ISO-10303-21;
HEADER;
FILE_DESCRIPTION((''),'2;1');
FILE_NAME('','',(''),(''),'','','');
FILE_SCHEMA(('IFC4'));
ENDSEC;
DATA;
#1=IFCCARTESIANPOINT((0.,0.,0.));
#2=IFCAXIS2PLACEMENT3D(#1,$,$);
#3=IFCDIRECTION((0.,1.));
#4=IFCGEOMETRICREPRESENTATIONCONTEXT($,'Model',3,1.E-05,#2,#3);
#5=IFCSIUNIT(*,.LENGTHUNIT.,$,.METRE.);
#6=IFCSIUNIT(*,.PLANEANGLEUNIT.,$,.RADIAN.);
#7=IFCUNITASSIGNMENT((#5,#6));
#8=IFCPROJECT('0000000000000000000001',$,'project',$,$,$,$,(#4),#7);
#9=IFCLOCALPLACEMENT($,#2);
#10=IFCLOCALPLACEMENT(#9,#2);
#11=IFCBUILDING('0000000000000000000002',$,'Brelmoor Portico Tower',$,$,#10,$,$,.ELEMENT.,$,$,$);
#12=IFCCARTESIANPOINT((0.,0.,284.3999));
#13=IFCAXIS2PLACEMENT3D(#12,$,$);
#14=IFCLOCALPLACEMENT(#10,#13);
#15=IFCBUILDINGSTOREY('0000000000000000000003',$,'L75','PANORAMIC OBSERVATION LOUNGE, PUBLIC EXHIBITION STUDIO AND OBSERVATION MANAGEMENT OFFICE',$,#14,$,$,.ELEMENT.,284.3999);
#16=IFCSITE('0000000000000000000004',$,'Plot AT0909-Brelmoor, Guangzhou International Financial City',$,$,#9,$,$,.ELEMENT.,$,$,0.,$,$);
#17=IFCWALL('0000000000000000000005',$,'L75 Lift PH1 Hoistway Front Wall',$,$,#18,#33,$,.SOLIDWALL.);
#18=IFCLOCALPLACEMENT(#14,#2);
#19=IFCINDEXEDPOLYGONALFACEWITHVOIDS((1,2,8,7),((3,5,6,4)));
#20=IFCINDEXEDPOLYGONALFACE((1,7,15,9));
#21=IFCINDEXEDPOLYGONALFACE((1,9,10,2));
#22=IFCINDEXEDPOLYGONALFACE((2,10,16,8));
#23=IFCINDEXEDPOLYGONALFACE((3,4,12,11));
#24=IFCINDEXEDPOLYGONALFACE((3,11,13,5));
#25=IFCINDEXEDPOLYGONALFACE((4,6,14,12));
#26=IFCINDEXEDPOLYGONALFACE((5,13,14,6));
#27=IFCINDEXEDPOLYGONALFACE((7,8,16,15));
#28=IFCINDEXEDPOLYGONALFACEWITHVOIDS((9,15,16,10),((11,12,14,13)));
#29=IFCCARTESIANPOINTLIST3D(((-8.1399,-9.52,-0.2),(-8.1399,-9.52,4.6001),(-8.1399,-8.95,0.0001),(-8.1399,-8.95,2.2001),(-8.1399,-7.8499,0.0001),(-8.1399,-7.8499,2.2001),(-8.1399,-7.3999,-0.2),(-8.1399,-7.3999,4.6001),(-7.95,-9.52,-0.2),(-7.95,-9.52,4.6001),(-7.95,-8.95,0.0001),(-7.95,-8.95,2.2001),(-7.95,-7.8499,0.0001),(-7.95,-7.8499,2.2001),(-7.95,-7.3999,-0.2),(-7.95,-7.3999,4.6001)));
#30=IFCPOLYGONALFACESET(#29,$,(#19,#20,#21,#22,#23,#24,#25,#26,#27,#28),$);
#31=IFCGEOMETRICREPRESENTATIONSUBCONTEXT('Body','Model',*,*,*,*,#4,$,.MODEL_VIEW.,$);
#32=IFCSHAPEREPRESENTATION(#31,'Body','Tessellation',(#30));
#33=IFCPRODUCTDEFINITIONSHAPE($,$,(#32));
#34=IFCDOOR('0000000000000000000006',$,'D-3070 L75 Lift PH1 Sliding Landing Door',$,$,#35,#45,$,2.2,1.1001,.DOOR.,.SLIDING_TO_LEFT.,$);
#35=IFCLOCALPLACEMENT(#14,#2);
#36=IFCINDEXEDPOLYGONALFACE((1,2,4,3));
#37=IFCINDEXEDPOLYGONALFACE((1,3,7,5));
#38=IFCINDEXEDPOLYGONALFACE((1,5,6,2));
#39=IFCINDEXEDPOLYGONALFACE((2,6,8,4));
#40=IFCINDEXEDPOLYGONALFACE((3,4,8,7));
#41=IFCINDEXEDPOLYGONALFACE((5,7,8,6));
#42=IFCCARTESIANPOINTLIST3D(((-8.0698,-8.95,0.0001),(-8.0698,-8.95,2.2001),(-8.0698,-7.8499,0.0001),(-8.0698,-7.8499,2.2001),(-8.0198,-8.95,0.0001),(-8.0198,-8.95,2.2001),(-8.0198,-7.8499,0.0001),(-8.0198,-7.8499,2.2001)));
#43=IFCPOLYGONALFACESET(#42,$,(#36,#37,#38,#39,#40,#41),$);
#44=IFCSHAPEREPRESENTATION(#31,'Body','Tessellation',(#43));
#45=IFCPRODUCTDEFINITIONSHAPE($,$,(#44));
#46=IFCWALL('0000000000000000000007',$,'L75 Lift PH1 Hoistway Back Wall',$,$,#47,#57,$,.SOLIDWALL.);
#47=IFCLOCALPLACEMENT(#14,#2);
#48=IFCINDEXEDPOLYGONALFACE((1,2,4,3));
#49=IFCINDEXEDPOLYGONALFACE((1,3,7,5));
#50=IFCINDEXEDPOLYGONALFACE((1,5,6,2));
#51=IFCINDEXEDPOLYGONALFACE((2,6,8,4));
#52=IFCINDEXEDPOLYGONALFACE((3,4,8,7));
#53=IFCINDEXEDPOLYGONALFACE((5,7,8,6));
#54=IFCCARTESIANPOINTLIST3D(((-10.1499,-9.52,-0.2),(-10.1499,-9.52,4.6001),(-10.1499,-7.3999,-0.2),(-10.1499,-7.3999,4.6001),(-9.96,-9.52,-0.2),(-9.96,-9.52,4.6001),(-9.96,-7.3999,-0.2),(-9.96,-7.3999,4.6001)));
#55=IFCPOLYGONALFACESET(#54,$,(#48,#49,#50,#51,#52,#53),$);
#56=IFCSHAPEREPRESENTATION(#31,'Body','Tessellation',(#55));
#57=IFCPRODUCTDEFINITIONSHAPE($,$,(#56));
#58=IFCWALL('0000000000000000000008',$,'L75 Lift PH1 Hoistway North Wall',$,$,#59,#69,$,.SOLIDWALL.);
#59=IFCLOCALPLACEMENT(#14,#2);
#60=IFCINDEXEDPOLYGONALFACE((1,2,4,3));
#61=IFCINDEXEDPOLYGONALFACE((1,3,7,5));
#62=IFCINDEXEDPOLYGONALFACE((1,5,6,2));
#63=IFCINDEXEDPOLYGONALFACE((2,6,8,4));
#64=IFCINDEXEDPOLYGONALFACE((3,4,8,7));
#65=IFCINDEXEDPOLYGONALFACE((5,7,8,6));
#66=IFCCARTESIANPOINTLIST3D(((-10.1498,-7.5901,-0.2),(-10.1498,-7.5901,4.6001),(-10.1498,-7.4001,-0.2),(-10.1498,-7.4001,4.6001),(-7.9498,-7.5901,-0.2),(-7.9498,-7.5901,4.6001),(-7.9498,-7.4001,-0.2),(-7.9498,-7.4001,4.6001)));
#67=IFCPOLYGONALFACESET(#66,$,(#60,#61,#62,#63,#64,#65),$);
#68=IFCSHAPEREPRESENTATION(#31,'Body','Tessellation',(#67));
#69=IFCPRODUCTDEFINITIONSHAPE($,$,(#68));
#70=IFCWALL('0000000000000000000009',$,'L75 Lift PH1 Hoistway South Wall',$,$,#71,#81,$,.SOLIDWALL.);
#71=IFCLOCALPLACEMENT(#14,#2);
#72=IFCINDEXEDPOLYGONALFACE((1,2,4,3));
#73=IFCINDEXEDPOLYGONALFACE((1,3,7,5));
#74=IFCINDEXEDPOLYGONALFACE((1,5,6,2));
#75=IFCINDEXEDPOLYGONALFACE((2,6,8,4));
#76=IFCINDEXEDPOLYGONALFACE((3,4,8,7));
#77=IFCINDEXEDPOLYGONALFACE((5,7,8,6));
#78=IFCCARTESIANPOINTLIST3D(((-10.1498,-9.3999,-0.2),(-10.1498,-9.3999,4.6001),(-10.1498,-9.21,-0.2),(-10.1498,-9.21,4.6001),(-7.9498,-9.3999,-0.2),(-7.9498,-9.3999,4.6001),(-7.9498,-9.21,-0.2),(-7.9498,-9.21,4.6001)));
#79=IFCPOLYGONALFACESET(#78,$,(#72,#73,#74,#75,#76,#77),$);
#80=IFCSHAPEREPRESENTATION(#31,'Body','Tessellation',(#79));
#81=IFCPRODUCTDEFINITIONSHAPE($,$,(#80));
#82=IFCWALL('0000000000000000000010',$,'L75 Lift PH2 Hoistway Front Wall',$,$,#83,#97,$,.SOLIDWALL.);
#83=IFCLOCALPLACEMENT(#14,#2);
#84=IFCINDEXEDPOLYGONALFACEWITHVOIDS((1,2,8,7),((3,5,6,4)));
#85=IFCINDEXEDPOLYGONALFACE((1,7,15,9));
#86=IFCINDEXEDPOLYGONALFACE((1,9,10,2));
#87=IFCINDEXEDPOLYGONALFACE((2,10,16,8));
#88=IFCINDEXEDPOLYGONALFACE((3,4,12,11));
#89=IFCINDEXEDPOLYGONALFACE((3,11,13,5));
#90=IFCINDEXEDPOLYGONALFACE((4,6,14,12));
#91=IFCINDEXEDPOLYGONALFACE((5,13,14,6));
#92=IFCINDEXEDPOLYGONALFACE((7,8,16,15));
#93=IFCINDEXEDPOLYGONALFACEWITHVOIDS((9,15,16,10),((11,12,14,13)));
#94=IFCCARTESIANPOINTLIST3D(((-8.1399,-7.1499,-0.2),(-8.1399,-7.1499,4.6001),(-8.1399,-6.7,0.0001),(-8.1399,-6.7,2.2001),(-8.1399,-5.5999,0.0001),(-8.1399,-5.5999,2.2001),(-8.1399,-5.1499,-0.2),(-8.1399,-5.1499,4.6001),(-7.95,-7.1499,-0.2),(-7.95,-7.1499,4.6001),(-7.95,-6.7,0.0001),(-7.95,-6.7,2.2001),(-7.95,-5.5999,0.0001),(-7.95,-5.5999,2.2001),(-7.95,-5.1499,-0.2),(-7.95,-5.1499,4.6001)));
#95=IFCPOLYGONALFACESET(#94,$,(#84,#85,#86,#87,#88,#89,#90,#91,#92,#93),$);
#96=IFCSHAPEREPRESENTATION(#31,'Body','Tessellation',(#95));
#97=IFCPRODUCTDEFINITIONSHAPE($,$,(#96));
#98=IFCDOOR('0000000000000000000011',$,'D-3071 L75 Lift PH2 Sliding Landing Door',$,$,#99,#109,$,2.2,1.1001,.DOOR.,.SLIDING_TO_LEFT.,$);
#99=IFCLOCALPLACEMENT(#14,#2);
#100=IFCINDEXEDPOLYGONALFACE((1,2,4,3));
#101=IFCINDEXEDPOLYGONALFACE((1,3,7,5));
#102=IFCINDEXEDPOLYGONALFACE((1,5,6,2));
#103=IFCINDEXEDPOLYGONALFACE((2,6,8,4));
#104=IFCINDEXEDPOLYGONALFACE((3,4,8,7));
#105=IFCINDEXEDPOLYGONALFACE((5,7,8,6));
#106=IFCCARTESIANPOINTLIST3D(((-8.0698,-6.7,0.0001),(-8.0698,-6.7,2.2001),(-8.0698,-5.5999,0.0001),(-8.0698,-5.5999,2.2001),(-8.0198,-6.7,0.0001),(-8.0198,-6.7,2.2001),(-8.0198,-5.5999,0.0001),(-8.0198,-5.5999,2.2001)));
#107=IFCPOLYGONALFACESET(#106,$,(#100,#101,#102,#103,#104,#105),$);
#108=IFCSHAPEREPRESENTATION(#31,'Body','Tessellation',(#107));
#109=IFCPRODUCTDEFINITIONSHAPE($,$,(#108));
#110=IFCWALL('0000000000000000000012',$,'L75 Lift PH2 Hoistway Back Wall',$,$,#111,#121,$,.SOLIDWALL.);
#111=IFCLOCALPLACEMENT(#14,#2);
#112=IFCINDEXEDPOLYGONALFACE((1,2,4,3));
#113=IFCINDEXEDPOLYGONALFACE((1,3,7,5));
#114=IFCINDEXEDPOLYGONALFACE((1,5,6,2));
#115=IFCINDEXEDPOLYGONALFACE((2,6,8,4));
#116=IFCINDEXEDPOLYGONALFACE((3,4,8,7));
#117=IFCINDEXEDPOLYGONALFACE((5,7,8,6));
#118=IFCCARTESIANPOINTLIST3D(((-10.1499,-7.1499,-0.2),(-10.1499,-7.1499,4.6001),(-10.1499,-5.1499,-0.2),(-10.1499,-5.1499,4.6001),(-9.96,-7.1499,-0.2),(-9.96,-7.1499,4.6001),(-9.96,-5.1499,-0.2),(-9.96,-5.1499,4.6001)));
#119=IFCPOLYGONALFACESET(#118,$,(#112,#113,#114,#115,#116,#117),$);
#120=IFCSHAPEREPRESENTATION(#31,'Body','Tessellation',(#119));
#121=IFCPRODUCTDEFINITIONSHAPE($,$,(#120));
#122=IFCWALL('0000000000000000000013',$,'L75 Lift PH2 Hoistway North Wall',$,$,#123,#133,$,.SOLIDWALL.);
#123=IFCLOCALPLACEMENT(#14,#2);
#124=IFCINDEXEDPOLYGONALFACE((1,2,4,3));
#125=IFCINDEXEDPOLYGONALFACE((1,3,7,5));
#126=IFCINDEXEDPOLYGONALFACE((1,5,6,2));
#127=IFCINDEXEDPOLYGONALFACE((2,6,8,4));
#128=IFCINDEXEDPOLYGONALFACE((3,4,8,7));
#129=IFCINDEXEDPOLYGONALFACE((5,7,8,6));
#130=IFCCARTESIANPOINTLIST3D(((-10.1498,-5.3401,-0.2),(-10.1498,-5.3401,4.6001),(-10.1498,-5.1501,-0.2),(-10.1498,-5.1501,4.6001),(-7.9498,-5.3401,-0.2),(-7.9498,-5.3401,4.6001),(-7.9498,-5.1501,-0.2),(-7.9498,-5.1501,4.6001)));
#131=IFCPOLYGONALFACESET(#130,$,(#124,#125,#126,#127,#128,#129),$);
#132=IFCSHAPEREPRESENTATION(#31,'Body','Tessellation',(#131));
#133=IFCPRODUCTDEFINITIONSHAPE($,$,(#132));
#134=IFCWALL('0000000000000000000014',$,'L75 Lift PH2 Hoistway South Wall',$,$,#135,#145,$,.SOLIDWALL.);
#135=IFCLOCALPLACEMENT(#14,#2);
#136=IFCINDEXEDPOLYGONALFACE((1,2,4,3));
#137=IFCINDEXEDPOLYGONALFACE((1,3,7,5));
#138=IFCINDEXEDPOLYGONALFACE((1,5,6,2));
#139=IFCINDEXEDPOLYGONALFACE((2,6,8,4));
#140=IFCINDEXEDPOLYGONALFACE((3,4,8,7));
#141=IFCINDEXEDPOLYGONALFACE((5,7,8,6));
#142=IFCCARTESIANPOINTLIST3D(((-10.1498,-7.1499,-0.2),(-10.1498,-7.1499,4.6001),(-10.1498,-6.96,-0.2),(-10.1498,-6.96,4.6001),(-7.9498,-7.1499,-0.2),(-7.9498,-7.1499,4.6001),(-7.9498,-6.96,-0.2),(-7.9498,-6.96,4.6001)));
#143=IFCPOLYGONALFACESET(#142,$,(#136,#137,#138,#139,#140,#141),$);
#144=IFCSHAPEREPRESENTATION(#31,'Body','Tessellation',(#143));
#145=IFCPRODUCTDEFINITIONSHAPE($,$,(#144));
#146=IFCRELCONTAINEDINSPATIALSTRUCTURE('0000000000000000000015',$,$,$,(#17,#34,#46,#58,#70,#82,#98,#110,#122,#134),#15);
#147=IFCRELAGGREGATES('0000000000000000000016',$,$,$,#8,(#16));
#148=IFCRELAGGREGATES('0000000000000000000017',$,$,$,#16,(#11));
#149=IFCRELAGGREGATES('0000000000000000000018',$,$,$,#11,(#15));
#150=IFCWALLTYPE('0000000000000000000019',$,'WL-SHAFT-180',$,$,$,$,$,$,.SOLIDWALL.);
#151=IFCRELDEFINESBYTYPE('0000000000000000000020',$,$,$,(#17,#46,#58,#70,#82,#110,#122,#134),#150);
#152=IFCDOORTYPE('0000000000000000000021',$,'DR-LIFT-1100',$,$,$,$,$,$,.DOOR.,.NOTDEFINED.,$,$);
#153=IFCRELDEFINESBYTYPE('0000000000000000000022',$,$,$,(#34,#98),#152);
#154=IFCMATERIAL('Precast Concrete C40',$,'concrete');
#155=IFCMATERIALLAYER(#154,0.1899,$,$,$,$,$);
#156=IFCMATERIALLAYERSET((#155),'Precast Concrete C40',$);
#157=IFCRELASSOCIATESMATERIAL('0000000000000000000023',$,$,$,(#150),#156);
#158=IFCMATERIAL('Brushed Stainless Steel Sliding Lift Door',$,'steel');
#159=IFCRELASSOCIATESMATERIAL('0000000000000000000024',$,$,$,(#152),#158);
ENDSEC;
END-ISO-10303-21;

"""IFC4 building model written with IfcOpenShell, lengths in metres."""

from ifc_helpers import new_model, si_unit, direction, frame, frame_2d, origin, place, context, subcontext, project, spatial, rectangle, extrude, material, layer, layer_set, type_object, element, fill, save


model = new_model("IFC4")

# Units and contexts
model_context = context("Model", 3, precision=1e-05, world=origin(), true_north=direction((0.0, 1.0)))
body_context = subcontext(model_context, "Body", "Model", "MODEL_VIEW")
ifc_project = project(units=[si_unit("LENGTHUNIT", "METRE"), si_unit("PLANEANGLEUNIT", "RADIAN")], contexts=[model_context])

# Site, building, storey
site_placement = place(None, origin())
site = spatial("IfcSite", under=ifc_project, at=site_placement, Name="Plot AT0909-Brelmoor, Guangzhou International Financial City", CompositionType="ELEMENT", RefElevation=0.0)
building_placement = place(site_placement, origin())
building = spatial("IfcBuilding", under=site, at=building_placement, Name="Brelmoor Portico Tower", CompositionType="ELEMENT")
storey_placement = place(building_placement, frame((0.0, 0.0, 284.3999)))
storey = spatial("IfcBuildingStorey", under=building, at=storey_placement, Name="L75", Description="PANORAMIC OBSERVATION LOUNGE, PUBLIC EXHIBITION STUDIO AND OBSERVATION MANAGEMENT OFFICE", CompositionType="ELEMENT", Elevation=284.3999)

# Wall, opening, door
ifc_material_1 = material(Name="Precast Concrete C40", Category="concrete")
ifc_layer_1 = layer(ifc_material_1, 0.1899)
ifc_layer_set_1 = layer_set([ifc_layer_1], Name="Precast Concrete C40")
wall_type_1 = type_object("IfcWallType", Name="WL-SHAFT-180", PredefinedType="SOLIDWALL", material=ifc_layer_set_1)
wall_1_placement = place(storey_placement, frame((-8.0449, -9.52, -0.2), z_axis=(0.0, 0.0, 1.0), x_axis=(0.0, 1.0, 0.0)))
wall_1 = element("IfcWall", 1, at=wall_1_placement, inside=storey, type_object=wall_type_1, Name="L75 Lift PH1 Hoistway Front Wall", PredefinedType="SOLIDWALL", context=body_context, shape_type="SweptSolid", body=[
    extrude(rectangle(XDim=2.1201, YDim=0.1899, at=frame_2d((1.0601, 0.0))), origin(), (0.0, 0.0, 1.0), 4.8),
])
opening_1_placement = place(wall_1_placement, frame((0.5701, 0.0, 0.2)))
opening_1 = element("IfcOpeningElement", 2, at=opening_1_placement, cuts=wall_1, PredefinedType="OPENING", context=body_context, shape_type="SweptSolid", body=[
    extrude(rectangle(XDim=1.1001, YDim=2.2, at=frame_2d((0.55, 1.1001))), frame((0.0, 0.105, 0.0), z_axis=(0.0, -1.0, 0.0), x_axis=(1.0, 0.0, 0.0)), (0.0, 0.0, 1.0), 0.21),
])
ifc_material_2 = material(Name="Brushed Stainless Steel Sliding Lift Door", Category="steel")
door_type_1 = type_object("IfcDoorType", Name="DR-LIFT-1100", OperationType="NOTDEFINED", PredefinedType="DOOR", material=ifc_material_2)
door_1_placement = place(opening_1_placement, origin())
door_1 = element("IfcDoor", 3, at=door_1_placement, inside=storey, type_object=door_type_1, Name="D-3070 L75 Lift PH1 Sliding Landing Door", OperationType="SLIDING_TO_LEFT", OverallHeight=2.2, OverallWidth=1.1001, PredefinedType="DOOR", context=body_context, shape_type="SweptSolid", body=[
    extrude(rectangle(XDim=1.1001, YDim=2.2, at=frame_2d((0.55, 1.1001))), frame((0.0, 0.0249, 0.0), z_axis=(0.0, -1.0, 0.0), x_axis=(1.0, 0.0, 0.0)), (0.0, 0.0, 1.0), 0.05),
])
fill(opening_1, door_1)

# Walls
wall_2_placement = place(storey_placement, frame((-10.0549, -9.52, -0.2), z_axis=(0.0, 0.0, 1.0), x_axis=(0.0, 1.0, 0.0)))
element("IfcWall", 4, at=wall_2_placement, inside=storey, type_object=wall_type_1, Name="L75 Lift PH1 Hoistway Back Wall", PredefinedType="SOLIDWALL", context=body_context, shape_type="SweptSolid", body=[
    extrude(rectangle(XDim=2.1201, YDim=0.1899, at=frame_2d((1.0601, 0.0))), origin(), (0.0, 0.0, 1.0), 4.8),
])
for number, where, z_axis, x_axis, name in (
    (5, (-10.1499, -7.4951, -0.2), (0.0, 0.0, 1.0), (1.0, 0.0, 0.0), "L75 Lift PH1 Hoistway North Wall"),
    (6, (-10.1499, -9.3049, -0.2), (0.0, 0.0, 1.0), (1.0, 0.0, 0.0), "L75 Lift PH1 Hoistway South Wall"),
):
    element("IfcWall", number, at=place(storey_placement, frame(where, z_axis=z_axis, x_axis=x_axis)), inside=storey, type_object=wall_type_1, Name=name, PredefinedType="SOLIDWALL", context=body_context, shape_type="SweptSolid", body=[
        extrude(rectangle(XDim=2.2, YDim=0.1899, at=frame_2d((1.1001, 0.0))), origin(), (0.0, 0.0, 1.0), 4.8),
    ])

# Wall, opening, door
wall_3_placement = place(storey_placement, frame((-8.0449, -7.1499, -0.2), z_axis=(0.0, 0.0, 1.0), x_axis=(0.0, 1.0, 0.0)))
wall_3 = element("IfcWall", 7, at=wall_3_placement, inside=storey, type_object=wall_type_1, Name="L75 Lift PH2 Hoistway Front Wall", PredefinedType="SOLIDWALL", context=body_context, shape_type="SweptSolid", body=[
    extrude(rectangle(XDim=2.0, YDim=0.1899, at=frame_2d((1.0, 0.0))), origin(), (0.0, 0.0, 1.0), 4.8),
])
opening_2_placement = place(wall_3_placement, frame((0.45, 0.0, 0.2)))
opening_2 = element("IfcOpeningElement", 8, at=opening_2_placement, cuts=wall_3, PredefinedType="OPENING", context=body_context, shape_type="SweptSolid", body=[
    extrude(rectangle(XDim=1.1001, YDim=2.2, at=frame_2d((0.55, 1.1001))), frame((0.0, 0.105, 0.0), z_axis=(0.0, -1.0, 0.0), x_axis=(1.0, 0.0, 0.0)), (0.0, 0.0, 1.0), 0.21),
])
door_2_placement = place(opening_2_placement, origin())
door_2 = element("IfcDoor", 9, at=door_2_placement, inside=storey, type_object=door_type_1, Name="D-3071 L75 Lift PH2 Sliding Landing Door", OperationType="SLIDING_TO_LEFT", OverallHeight=2.2, OverallWidth=1.1001, PredefinedType="DOOR", context=body_context, shape_type="SweptSolid", body=[
    extrude(rectangle(XDim=1.1001, YDim=2.2, at=frame_2d((0.55, 1.1001))), frame((0.0, 0.0249, 0.0), z_axis=(0.0, -1.0, 0.0), x_axis=(1.0, 0.0, 0.0)), (0.0, 0.0, 1.0), 0.05),
])
fill(opening_2, door_2)

# Walls
wall_4_placement = place(storey_placement, frame((-10.0549, -7.1499, -0.2), z_axis=(0.0, 0.0, 1.0), x_axis=(0.0, 1.0, 0.0)))
element("IfcWall", 10, at=wall_4_placement, inside=storey, type_object=wall_type_1, Name="L75 Lift PH2 Hoistway Back Wall", PredefinedType="SOLIDWALL", context=body_context, shape_type="SweptSolid", body=[
    extrude(rectangle(XDim=2.0, YDim=0.1899, at=frame_2d((1.0, 0.0))), origin(), (0.0, 0.0, 1.0), 4.8),
])
for number, where, z_axis, x_axis, name in (
    (11, (-10.1499, -5.2451, -0.2), (0.0, 0.0, 1.0), (1.0, 0.0, 0.0), "L75 Lift PH2 Hoistway North Wall"),
    (12, (-10.1499, -7.0549, -0.2), (0.0, 0.0, 1.0), (1.0, 0.0, 0.0), "L75 Lift PH2 Hoistway South Wall"),
):
    element("IfcWall", number, at=place(storey_placement, frame(where, z_axis=z_axis, x_axis=x_axis)), inside=storey, type_object=wall_type_1, Name=name, PredefinedType="SOLIDWALL", context=body_context, shape_type="SweptSolid", body=[
        extrude(rectangle(XDim=2.2, YDim=0.1899, at=frame_2d((1.1001, 0.0))), origin(), (0.0, 0.0, 1.0), 4.8),
    ])

save(model, "model.ifc")
